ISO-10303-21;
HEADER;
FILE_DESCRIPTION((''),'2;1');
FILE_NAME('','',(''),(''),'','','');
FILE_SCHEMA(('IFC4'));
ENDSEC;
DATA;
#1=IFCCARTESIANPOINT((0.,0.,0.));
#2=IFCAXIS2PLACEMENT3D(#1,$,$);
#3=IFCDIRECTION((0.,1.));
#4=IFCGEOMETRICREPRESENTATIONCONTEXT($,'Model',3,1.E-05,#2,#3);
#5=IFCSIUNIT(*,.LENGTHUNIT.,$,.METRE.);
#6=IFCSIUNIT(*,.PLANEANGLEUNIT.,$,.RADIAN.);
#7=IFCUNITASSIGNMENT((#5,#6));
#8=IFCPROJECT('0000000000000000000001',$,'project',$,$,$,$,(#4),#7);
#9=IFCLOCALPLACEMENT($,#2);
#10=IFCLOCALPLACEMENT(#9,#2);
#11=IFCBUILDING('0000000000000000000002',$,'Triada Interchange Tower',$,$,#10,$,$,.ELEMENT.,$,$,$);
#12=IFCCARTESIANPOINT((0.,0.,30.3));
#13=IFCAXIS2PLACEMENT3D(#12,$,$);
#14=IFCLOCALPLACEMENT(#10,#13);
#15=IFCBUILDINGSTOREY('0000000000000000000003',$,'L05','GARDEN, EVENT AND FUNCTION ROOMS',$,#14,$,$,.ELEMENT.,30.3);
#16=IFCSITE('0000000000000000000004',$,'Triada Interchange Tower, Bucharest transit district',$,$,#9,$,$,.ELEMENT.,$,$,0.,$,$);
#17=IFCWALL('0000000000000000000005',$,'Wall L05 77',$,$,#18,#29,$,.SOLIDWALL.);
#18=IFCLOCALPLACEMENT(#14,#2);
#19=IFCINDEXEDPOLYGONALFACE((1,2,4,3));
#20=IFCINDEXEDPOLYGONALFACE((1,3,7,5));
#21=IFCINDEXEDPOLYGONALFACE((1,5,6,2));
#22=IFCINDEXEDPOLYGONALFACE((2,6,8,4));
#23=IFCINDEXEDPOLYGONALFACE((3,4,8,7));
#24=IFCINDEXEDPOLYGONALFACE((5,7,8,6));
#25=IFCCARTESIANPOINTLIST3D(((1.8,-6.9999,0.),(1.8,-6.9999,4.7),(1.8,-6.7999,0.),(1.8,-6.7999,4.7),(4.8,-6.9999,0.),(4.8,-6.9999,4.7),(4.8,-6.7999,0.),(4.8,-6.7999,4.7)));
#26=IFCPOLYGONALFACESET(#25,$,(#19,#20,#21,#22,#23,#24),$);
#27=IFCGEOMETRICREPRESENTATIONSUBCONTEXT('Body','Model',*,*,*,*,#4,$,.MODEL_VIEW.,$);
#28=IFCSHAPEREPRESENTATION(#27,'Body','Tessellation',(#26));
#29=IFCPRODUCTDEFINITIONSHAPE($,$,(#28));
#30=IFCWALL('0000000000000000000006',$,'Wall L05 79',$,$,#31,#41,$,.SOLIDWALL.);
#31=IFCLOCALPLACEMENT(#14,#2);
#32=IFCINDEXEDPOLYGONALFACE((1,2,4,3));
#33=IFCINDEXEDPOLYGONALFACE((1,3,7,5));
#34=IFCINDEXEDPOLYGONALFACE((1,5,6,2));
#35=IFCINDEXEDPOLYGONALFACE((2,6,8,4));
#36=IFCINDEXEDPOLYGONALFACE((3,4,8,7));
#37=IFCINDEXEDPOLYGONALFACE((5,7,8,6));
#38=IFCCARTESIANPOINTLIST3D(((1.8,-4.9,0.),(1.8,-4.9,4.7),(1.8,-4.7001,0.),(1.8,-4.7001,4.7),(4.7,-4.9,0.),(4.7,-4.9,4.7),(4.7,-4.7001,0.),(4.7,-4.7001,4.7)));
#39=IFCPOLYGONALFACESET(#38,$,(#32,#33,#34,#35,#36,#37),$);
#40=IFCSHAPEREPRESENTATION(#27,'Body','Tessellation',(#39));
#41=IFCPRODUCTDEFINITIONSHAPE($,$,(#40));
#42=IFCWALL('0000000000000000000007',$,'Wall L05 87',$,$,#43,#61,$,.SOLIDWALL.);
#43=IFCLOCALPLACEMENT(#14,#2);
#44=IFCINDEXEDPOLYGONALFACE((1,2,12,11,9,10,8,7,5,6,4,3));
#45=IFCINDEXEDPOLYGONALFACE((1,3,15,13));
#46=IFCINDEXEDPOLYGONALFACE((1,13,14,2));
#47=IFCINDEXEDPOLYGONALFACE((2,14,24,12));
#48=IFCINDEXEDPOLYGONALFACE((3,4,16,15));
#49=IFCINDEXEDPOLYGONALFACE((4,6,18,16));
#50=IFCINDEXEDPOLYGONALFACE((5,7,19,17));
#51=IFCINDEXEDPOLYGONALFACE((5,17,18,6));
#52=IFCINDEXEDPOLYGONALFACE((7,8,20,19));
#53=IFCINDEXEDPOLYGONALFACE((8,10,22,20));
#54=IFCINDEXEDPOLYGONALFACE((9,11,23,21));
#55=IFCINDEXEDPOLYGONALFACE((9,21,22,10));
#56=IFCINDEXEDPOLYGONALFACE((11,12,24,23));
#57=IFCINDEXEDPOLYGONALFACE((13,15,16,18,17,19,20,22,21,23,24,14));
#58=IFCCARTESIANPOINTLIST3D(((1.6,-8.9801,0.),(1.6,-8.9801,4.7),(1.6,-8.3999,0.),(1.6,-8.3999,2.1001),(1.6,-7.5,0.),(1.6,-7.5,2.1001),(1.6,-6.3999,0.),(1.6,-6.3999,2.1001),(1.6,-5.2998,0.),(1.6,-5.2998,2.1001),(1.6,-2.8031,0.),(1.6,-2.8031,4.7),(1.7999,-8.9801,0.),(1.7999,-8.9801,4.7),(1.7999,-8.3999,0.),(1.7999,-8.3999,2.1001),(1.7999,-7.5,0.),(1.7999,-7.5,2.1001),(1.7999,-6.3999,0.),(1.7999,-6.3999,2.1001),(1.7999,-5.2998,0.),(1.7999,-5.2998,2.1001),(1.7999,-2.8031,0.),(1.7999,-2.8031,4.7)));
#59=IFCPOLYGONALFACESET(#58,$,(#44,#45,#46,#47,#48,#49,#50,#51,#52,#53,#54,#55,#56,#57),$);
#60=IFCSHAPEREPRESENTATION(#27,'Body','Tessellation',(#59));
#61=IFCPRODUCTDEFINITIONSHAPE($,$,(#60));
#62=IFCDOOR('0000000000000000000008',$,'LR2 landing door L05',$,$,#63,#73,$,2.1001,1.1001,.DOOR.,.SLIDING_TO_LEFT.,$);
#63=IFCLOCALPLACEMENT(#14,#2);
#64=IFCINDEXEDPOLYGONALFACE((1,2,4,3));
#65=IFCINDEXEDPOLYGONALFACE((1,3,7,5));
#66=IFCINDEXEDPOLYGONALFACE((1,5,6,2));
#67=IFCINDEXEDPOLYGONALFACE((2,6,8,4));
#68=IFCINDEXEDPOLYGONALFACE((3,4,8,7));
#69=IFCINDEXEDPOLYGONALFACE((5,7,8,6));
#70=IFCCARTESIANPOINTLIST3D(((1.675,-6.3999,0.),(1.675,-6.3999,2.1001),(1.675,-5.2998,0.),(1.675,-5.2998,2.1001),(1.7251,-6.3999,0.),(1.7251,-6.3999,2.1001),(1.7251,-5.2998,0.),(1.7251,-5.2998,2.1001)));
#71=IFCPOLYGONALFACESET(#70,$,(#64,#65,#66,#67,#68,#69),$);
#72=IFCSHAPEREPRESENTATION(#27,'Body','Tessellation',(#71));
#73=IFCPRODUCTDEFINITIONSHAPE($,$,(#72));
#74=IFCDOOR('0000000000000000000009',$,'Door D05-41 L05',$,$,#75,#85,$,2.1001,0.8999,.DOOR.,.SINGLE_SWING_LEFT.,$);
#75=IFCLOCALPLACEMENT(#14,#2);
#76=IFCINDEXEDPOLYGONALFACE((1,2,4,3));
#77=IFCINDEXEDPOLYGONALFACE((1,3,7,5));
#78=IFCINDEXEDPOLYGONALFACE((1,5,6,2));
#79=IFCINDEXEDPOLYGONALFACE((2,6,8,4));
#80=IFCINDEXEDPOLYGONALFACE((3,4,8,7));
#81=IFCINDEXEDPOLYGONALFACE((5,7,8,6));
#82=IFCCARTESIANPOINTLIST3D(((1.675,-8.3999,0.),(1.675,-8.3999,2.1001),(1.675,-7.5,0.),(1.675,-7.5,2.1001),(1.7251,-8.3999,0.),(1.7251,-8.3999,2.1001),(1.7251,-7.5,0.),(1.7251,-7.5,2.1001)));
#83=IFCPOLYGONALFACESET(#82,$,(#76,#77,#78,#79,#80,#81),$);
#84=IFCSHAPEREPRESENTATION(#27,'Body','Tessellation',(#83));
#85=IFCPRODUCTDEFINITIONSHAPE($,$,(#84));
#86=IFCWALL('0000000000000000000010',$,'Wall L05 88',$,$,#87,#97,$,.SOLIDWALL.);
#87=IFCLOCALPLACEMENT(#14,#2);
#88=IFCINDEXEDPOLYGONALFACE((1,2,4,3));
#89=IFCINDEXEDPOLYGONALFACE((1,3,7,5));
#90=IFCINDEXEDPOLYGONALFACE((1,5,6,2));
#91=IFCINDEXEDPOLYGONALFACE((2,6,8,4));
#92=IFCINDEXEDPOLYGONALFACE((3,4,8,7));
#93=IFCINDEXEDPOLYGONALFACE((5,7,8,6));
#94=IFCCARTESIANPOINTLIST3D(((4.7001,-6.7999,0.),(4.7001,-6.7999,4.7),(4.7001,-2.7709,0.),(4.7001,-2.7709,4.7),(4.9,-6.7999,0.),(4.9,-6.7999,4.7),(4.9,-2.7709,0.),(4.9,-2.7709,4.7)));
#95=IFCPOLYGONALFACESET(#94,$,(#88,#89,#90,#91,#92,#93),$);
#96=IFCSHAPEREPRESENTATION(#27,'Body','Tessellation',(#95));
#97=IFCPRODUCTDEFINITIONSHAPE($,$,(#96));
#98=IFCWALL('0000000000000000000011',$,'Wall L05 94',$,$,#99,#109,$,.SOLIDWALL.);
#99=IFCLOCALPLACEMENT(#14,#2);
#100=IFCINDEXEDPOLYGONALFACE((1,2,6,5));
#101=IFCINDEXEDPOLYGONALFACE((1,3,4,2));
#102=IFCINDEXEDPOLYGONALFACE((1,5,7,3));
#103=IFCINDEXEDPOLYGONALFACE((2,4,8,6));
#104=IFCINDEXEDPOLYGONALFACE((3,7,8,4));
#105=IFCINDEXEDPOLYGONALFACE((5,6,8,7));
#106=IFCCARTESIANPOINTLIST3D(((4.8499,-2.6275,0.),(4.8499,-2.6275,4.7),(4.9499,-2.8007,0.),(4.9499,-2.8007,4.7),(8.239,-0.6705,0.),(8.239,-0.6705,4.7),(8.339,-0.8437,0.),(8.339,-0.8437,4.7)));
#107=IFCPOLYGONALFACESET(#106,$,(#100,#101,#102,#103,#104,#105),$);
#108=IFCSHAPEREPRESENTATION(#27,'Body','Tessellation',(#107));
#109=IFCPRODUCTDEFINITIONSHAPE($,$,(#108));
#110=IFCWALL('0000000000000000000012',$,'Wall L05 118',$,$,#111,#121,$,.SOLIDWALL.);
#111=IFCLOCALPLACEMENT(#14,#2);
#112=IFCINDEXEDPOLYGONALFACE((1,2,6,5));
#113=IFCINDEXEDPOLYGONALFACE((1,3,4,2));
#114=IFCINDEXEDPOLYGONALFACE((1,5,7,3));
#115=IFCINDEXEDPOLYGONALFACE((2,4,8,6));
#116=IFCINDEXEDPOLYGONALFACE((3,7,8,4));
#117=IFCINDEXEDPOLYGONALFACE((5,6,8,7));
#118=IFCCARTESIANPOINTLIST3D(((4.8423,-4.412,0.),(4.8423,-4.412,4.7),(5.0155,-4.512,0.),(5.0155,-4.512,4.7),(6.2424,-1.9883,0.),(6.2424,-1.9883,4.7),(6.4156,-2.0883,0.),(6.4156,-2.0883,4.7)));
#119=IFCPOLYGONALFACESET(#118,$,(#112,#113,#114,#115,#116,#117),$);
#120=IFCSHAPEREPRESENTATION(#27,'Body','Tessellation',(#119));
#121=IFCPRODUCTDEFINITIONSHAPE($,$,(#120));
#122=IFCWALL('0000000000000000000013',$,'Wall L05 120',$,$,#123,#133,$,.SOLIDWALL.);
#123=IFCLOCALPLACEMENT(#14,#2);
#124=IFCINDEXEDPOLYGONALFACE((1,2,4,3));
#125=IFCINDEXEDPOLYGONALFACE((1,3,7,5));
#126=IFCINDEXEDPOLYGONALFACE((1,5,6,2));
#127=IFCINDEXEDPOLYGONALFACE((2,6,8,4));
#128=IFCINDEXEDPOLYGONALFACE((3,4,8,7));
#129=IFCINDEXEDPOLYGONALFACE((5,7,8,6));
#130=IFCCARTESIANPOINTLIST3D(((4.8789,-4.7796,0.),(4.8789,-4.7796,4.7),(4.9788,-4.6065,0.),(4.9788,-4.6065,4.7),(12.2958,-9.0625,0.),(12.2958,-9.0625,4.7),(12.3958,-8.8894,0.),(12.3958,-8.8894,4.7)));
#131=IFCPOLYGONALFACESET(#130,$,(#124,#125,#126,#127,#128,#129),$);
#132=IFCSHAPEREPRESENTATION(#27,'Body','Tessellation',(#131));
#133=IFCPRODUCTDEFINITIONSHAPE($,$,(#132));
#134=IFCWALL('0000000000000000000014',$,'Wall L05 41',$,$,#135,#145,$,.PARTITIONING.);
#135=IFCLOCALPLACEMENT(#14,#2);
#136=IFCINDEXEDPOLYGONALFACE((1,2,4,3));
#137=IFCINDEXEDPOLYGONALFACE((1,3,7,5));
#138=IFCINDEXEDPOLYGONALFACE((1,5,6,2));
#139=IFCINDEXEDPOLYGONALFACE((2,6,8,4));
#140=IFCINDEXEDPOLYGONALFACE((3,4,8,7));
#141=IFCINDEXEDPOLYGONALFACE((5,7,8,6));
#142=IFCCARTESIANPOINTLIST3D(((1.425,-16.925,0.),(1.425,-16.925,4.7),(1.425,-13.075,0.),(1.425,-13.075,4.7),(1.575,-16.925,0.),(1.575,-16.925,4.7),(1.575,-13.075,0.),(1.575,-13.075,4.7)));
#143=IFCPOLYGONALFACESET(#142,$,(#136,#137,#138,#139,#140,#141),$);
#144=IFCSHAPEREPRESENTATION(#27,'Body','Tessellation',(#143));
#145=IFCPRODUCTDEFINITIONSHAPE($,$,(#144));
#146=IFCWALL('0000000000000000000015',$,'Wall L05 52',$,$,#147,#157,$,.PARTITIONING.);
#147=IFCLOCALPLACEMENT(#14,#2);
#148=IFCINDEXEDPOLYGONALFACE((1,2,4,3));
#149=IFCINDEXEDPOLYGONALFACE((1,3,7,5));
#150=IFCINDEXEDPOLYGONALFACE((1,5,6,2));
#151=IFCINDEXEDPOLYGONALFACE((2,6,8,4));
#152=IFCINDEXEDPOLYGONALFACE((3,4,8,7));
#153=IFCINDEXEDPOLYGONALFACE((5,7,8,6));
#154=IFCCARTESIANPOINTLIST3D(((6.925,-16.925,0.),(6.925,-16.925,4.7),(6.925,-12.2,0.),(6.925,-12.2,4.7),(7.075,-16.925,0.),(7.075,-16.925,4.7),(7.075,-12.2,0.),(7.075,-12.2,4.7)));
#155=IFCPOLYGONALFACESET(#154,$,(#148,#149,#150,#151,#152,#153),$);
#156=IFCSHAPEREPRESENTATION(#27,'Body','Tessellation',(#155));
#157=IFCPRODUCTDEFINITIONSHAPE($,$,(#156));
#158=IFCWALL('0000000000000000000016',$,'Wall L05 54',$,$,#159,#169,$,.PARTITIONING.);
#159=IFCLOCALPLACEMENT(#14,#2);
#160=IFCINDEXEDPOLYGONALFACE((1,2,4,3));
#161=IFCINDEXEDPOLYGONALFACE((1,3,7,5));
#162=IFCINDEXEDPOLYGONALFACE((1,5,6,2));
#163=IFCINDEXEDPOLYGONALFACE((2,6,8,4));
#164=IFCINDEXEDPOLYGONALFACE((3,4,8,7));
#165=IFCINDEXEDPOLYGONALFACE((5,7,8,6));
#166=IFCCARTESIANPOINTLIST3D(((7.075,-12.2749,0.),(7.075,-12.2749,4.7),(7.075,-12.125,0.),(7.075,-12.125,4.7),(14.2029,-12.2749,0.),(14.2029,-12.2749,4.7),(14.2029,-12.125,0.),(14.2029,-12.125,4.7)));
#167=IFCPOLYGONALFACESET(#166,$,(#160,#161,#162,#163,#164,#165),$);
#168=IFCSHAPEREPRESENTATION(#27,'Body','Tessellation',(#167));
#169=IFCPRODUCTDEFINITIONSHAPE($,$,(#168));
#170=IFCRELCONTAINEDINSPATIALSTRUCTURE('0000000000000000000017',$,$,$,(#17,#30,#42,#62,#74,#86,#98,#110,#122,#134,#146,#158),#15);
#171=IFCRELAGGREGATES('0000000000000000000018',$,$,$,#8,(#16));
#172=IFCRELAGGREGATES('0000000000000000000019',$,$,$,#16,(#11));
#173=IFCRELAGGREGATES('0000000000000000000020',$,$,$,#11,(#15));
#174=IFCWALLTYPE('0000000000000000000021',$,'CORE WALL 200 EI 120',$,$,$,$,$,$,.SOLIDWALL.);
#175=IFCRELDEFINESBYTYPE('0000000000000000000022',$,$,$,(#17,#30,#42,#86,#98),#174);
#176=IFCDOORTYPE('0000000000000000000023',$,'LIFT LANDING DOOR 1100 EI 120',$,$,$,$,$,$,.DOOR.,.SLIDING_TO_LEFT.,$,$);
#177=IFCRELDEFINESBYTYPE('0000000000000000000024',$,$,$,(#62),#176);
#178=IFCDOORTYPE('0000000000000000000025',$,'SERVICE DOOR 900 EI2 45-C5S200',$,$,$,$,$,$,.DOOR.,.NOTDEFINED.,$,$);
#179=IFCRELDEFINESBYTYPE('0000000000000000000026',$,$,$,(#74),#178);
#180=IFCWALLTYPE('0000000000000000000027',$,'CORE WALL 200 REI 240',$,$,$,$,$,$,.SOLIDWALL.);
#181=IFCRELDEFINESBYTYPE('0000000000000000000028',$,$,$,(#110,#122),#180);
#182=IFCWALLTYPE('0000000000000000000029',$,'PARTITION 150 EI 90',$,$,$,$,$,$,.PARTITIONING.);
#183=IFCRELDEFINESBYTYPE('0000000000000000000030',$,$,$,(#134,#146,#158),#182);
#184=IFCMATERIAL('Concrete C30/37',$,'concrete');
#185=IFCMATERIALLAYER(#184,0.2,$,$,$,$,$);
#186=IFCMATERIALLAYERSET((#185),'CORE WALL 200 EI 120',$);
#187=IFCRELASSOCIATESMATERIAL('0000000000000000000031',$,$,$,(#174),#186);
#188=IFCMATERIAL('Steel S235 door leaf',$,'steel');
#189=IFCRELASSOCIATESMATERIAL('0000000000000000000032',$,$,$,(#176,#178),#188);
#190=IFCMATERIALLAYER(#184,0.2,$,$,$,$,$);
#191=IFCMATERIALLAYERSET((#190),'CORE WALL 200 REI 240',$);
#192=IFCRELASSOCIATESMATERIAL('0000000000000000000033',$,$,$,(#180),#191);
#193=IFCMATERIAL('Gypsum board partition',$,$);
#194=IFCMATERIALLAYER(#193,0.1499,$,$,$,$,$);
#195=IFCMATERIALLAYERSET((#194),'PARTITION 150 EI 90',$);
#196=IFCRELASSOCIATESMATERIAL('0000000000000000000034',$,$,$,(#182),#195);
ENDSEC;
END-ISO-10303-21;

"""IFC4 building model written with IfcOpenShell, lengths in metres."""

from ifc_helpers import new_model, si_unit, direction, frame, frame_2d, origin, place, context, subcontext, project, spatial, rectangle, extrude, material, layer, layer_set, type_object, element, fill, save


model = new_model("IFC4")

# Units and contexts
model_context = context("Model", 3, precision=1e-05, world=origin(), true_north=direction((0.0, 1.0)))
body_context = subcontext(model_context, "Body", "Model", "MODEL_VIEW")
ifc_project = project(units=[si_unit("LENGTHUNIT", "METRE"), si_unit("PLANEANGLEUNIT", "RADIAN")], contexts=[model_context])

# Site, building, storey
site_placement = place(None, origin())
site = spatial("IfcSite", under=ifc_project, at=site_placement, Name="Triada Interchange Tower, Bucharest transit district", CompositionType="ELEMENT", RefElevation=0.0)
building_placement = place(site_placement, origin())
building = spatial("IfcBuilding", under=site, at=building_placement, Name="Triada Interchange Tower", CompositionType="ELEMENT")
storey_placement = place(building_placement, frame((0.0, 0.0, 30.3)))
storey = spatial("IfcBuildingStorey", under=building, at=storey_placement, Name="L05", Description="GARDEN, EVENT AND FUNCTION ROOMS", CompositionType="ELEMENT", Elevation=30.3)

# Walls
ifc_material_1 = material(Name="Concrete C30/37", Category="concrete")
ifc_layer_1 = layer(ifc_material_1, 0.2)
ifc_layer_set_1 = layer_set([ifc_layer_1], Name="CORE WALL 200 EI 120")
wall_type_1 = type_object("IfcWallType", Name="CORE WALL 200 EI 120", PredefinedType="SOLIDWALL", material=ifc_layer_set_1)
wall_1_placement = place(storey_placement, frame((1.8, -6.8999, 0.0), z_axis=(0.0, 0.0, 1.0), x_axis=(1.0, 0.0, 0.0)))
element("IfcWall", 1, at=wall_1_placement, inside=storey, type_object=wall_type_1, Name="Wall L05 77", PredefinedType="SOLIDWALL", context=body_context, shape_type="SweptSolid", body=[
    extrude(rectangle(XDim=3.0, YDim=0.2, at=frame_2d((1.5, 0.0))), origin(), (0.0, 0.0, 1.0), 4.7),
])
wall_2_placement = place(storey_placement, frame((1.8, -4.8, 0.0), z_axis=(0.0, 0.0, 1.0), x_axis=(1.0, 0.0, 0.0)))
element("IfcWall", 2, at=wall_2_placement, inside=storey, type_object=wall_type_1, Name="Wall L05 79", PredefinedType="SOLIDWALL", context=body_context, shape_type="SweptSolid", body=[
    extrude(rectangle(XDim=2.8999, YDim=0.2, at=frame_2d((1.45, 0.0))), origin(), (0.0, 0.0, 1.0), 4.7),
])

# Wall, openings, doors
wall_3_placement = place(storey_placement, frame((1.7, -8.98, 0.0), z_axis=(0.0, 0.0, 1.0), x_axis=(0.0, 1.0, 0.0)))
wall_3 = element("IfcWall", 3, at=wall_3_placement, inside=storey, type_object=wall_type_1, Name="Wall L05 87", PredefinedType="SOLIDWALL", context=body_context, shape_type="SweptSolid", body=[
    extrude(rectangle(XDim=6.177, YDim=0.2, at=frame_2d((3.0884, 0.0))), origin(), (0.0, 0.0, 1.0), 4.7),
])
opening_1_placement = place(wall_3_placement, frame((2.5801, 0.0, 0.0)))
opening_1 = element("IfcOpeningElement", 4, at=opening_1_placement, cuts=wall_3, PredefinedType="OPENING", context=body_context, shape_type="SweptSolid", body=[
    extrude(rectangle(XDim=1.1001, YDim=2.1001, at=frame_2d((0.55, 1.05))), frame((0.0, 0.1099, 0.0), z_axis=(0.0, -1.0, 0.0), x_axis=(1.0, 0.0, 0.0)), (0.0, 0.0, 1.0), 0.22),
])
opening_2_placement = place(wall_3_placement, frame((0.5801, 0.0, 0.0)))
opening_2 = element("IfcOpeningElement", 5, at=opening_2_placement, cuts=wall_3, PredefinedType="OPENING", context=body_context, shape_type="SweptSolid", body=[
    extrude(rectangle(XDim=0.8999, YDim=2.1001, at=frame_2d((0.45, 1.05))), frame((0.0, 0.1099, 0.0), z_axis=(0.0, -1.0, 0.0), x_axis=(1.0, 0.0, 0.0)), (0.0, 0.0, 1.0), 0.22),
])
ifc_material_2 = material(Name="Steel S235 door leaf", Category="steel")
door_type_1 = type_object("IfcDoorType", Name="LIFT LANDING DOOR 1100 EI 120", OperationType="SLIDING_TO_LEFT", PredefinedType="DOOR", material=ifc_material_2)
door_1_placement = place(opening_1_placement, origin())
door_1 = element("IfcDoor", 6, at=door_1_placement, inside=storey, type_object=door_type_1, Name="LR2 landing door L05", OperationType="SLIDING_TO_LEFT", OverallHeight=2.1001, OverallWidth=1.1001, PredefinedType="DOOR", context=body_context, shape_type="SweptSolid", body=[
    extrude(rectangle(XDim=1.1001, YDim=2.1001, at=frame_2d((0.55, 1.05))), frame((0.0, 0.0249, 0.0), z_axis=(0.0, -1.0, 0.0), x_axis=(1.0, 0.0, 0.0)), (0.0, 0.0, 1.0), 0.05),
])
fill(opening_1, door_1)
door_type_2 = type_object("IfcDoorType", Name="SERVICE DOOR 900 EI2 45-C5S200", OperationType="NOTDEFINED", PredefinedType="DOOR", material=ifc_material_2)
door_2_placement = place(opening_2_placement, origin())
door_2 = element("IfcDoor", 7, at=door_2_placement, inside=storey, type_object=door_type_2, Name="Door D05-41 L05", OperationType="SINGLE_SWING_LEFT", OverallHeight=2.1001, OverallWidth=0.8999, PredefinedType="DOOR", context=body_context, shape_type="SweptSolid", body=[
    extrude(rectangle(XDim=0.8999, YDim=2.1001, at=frame_2d((0.45, 1.05))), frame((0.0, 0.0249, 0.0), z_axis=(0.0, -1.0, 0.0), x_axis=(1.0, 0.0, 0.0)), (0.0, 0.0, 1.0), 0.05),
])
fill(opening_2, door_2)

# Walls
wall_4_placement = place(storey_placement, frame((4.8, -6.8, 0.0), z_axis=(0.0, 0.0, 1.0), x_axis=(0.0, 1.0, 0.0)))
element("IfcWall", 8, at=wall_4_placement, inside=storey, type_object=wall_type_1, Name="Wall L05 88", PredefinedType="SOLIDWALL", context=body_context, shape_type="SweptSolid", body=[
    extrude(rectangle(XDim=4.0291, YDim=0.2, at=frame_2d((2.0146, 0.0))), origin(), (0.0, 0.0, 1.0), 4.7),
])
wall_5_placement = place(storey_placement, frame((4.8999, -2.7141, 0.0), z_axis=(0.0, 0.0, 1.0), x_axis=(0.865992, 0.500057, 0.0)))
element("IfcWall", 9, at=wall_5_placement, inside=storey, type_object=wall_type_1, Name="Wall L05 94", PredefinedType="SOLIDWALL", context=body_context, shape_type="SweptSolid", body=[
    extrude(rectangle(XDim=3.9136, YDim=0.2, at=frame_2d((1.9568, 0.0))), origin(), (0.0, 0.0, 1.0), 4.7),
])
ifc_layer_2 = layer(ifc_material_1, 0.2)
ifc_layer_set_2 = layer_set([ifc_layer_2], Name="CORE WALL 200 REI 240")
wall_type_2 = type_object("IfcWallType", Name="CORE WALL 200 REI 240", PredefinedType="SOLIDWALL", material=ifc_layer_set_2)
wall_6_placement = place(storey_placement, frame((4.929, -4.4619, 0.0), z_axis=(0.0, 0.0, 1.0), x_axis=(0.500201, 0.86591, 0.0)))
element("IfcWall", 10, at=wall_6_placement, inside=storey, type_object=wall_type_2, Name="Wall L05 118", PredefinedType="SOLIDWALL", context=body_context, shape_type="SweptSolid", body=[
    extrude(rectangle(XDim=2.7991, YDim=0.2, at=frame_2d((1.3994, 0.0))), origin(), (0.0, 0.0, 1.0), 4.7),
])
wall_7_placement = place(storey_placement, frame((4.929, -4.6931, 0.0), z_axis=(0.0, 0.0, 1.0), x_axis=(0.865987, -0.500066, 0.0)))
element("IfcWall", 11, at=wall_7_placement, inside=storey, type_object=wall_type_2, Name="Wall L05 120", PredefinedType="SOLIDWALL", context=body_context, shape_type="SweptSolid", body=[
    extrude(rectangle(XDim=8.5647, YDim=0.2, at=frame_2d((4.2822, 0.0))), origin(), (0.0, 0.0, 1.0), 4.7),
])
ifc_material_3 = material(Name="Gypsum board partition")
ifc_layer_3 = layer(ifc_material_3, 0.1499)
ifc_layer_set_3 = layer_set([ifc_layer_3], Name="PARTITION 150 EI 90")
wall_type_3 = type_object("IfcWallType", Name="PARTITION 150 EI 90", PredefinedType="PARTITIONING", material=ifc_layer_set_3)
wall_8_placement = place(storey_placement, frame((1.5, -16.925, 0.0), z_axis=(0.0, 0.0, 1.0), x_axis=(0.0, 1.0, 0.0)))
element("IfcWall", 12, at=wall_8_placement, inside=storey, type_object=wall_type_3, Name="Wall L05 41", PredefinedType="PARTITIONING", context=body_context, shape_type="SweptSolid", body=[
    extrude(rectangle(XDim=3.8501, YDim=0.1499, at=frame_2d((1.925, 0.0))), origin(), (0.0, 0.0, 1.0), 4.7),
])
wall_9_placement = place(storey_placement, frame((7.0, -16.925, 0.0), z_axis=(0.0, 0.0, 1.0), x_axis=(0.0, 1.0, 0.0)))
element("IfcWall", 13, at=wall_9_placement, inside=storey, type_object=wall_type_3, Name="Wall L05 52", PredefinedType="PARTITIONING", context=body_context, shape_type="SweptSolid", body=[
    extrude(rectangle(XDim=4.7251, YDim=0.1499, at=frame_2d((2.3625, 0.0))), origin(), (0.0, 0.0, 1.0), 4.7),
])
wall_10_placement = place(storey_placement, frame((7.075, -12.2, 0.0), z_axis=(0.0, 0.0, 1.0), x_axis=(1.0, 0.0, 0.0)))
element("IfcWall", 14, at=wall_10_placement, inside=storey, type_object=wall_type_3, Name="Wall L05 54", PredefinedType="PARTITIONING", context=body_context, shape_type="SweptSolid", body=[
    extrude(rectangle(XDim=7.1279, YDim=0.1499, at=frame_2d((3.564, 0.0))), origin(), (0.0, 0.0, 1.0), 4.7),
])

save(model, "model.ifc")
